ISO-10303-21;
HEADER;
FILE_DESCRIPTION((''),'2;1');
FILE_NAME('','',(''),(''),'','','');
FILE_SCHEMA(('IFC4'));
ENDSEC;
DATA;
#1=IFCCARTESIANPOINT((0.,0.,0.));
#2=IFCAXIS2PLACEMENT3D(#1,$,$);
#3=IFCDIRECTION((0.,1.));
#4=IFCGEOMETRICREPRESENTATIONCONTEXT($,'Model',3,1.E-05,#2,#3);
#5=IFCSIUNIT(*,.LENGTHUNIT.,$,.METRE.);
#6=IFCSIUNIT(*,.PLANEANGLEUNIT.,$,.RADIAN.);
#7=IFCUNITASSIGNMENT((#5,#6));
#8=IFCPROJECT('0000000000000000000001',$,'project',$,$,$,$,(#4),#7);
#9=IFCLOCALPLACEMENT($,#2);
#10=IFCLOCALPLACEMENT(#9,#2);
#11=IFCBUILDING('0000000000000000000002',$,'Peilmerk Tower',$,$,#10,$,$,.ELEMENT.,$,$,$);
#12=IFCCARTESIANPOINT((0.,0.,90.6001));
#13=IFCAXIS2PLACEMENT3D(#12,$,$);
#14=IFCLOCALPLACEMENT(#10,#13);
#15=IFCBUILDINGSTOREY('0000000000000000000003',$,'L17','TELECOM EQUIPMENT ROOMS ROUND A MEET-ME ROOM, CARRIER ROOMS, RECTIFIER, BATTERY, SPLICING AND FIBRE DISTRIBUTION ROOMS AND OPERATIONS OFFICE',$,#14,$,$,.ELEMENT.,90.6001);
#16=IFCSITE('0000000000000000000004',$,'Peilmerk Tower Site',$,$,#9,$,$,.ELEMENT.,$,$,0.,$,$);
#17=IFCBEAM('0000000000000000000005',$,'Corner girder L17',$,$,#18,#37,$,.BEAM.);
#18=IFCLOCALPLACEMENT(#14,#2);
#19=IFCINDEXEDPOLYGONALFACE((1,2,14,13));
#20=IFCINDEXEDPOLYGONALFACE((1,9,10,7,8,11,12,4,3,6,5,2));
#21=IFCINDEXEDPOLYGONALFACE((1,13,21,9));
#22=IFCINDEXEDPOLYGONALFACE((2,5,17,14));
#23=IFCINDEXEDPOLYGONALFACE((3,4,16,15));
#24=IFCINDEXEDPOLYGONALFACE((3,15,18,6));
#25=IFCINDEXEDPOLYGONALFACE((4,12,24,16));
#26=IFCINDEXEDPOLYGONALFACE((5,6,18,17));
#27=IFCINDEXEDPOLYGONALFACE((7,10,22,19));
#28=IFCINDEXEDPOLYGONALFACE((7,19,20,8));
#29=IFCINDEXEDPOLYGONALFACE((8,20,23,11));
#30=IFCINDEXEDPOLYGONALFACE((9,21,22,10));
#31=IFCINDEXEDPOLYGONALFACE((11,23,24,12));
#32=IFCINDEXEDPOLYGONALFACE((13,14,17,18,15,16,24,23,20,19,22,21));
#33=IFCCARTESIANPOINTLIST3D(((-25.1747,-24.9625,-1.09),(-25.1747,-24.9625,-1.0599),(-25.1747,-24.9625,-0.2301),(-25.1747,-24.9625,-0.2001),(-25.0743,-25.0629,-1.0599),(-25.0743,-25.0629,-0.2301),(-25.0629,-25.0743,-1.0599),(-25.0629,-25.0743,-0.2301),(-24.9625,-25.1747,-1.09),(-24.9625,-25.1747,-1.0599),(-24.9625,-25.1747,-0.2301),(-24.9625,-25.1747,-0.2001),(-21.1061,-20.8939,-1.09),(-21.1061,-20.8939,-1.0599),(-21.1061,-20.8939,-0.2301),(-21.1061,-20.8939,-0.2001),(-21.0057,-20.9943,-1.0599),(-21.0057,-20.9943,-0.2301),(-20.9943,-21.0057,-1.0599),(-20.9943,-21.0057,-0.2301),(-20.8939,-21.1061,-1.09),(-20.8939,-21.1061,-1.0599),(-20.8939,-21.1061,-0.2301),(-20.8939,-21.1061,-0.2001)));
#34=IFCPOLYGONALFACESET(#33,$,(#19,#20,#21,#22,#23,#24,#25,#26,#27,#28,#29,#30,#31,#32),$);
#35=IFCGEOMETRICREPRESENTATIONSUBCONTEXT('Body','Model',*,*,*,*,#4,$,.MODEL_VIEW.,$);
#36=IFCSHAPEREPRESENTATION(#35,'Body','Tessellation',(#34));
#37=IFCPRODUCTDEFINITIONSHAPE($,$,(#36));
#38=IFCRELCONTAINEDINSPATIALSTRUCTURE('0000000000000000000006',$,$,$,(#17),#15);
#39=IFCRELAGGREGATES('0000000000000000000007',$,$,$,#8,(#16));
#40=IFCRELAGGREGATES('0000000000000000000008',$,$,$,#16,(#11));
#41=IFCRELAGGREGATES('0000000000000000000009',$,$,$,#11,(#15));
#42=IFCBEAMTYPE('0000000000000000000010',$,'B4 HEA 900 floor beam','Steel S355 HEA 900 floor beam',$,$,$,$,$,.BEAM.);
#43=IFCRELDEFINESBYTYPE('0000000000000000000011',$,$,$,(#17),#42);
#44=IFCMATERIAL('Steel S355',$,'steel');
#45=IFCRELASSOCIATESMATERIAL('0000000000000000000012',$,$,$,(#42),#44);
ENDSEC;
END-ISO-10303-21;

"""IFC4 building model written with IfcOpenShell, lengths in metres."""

from ifc_helpers import new_model, si_unit, direction, frame, origin, origin_2d, place, context, subcontext, project, spatial, i_section, extrude, material, material_profile, profile_set, type_object, element, save


model = new_model("IFC4")

# Units and contexts
model_context = context("Model", 3, precision=1e-05, world=origin(), true_north=direction((0.0, 1.0)))
body_context = subcontext(model_context, "Body", "Model", "MODEL_VIEW")
ifc_project = project(units=[si_unit("LENGTHUNIT", "METRE"), si_unit("PLANEANGLEUNIT", "RADIAN")], contexts=[model_context])

# Site, building, storey
site_placement = place(None, origin())
site = spatial("IfcSite", under=ifc_project, at=site_placement, Name="Peilmerk Tower Site", CompositionType="ELEMENT", RefElevation=0.0)
building_placement = place(site_placement, origin())
building = spatial("IfcBuilding", under=site, at=building_placement, Name="Peilmerk Tower", CompositionType="ELEMENT")
storey_placement = place(building_placement, frame((0.0, 0.0, 90.6001)))
storey = spatial("IfcBuildingStorey", under=building, at=storey_placement, Name="L17", Description="TELECOM EQUIPMENT ROOMS ROUND A MEET-ME ROOM, CARRIER ROOMS, RECTIFIER, BATTERY, SPLICING AND FIBRE DISTRIBUTION ROOMS AND OPERATIONS OFFICE", CompositionType="ELEMENT", Elevation=90.6001)

# Beam
ifc_material_1 = material(Name="Steel S355", Category="steel")
ifc_material_profile_1 = material_profile(ifc_material_1, i_section(OverallWidth=0.3, OverallDepth=0.8899, WebThickness=0.0161, FlangeThickness=0.03, at=origin_2d()), Name="HEA 900")
ifc_profile_set_1 = profile_set([ifc_material_profile_1], Name="Steel S355")
beam_type_1 = type_object("IfcBeamType", Name="B4 HEA 900 floor beam", Description="Steel S355 HEA 900 floor beam", PredefinedType="BEAM", material=ifc_profile_set_1)
beam_1_placement = place(storey_placement, frame((-21.0, -21.0, -0.645), z_axis=(-0.707107, -0.707107, 0.0), x_axis=(0.707107, -0.707107, 0.0)))
element("IfcBeam", 1, at=beam_1_placement, inside=storey, type_object=beam_type_1, Name="Corner girder L17", PredefinedType="BEAM", context=body_context, shape_type="SweptSolid", body=[
    extrude(i_section(OverallWidth=0.3, OverallDepth=0.8899, WebThickness=0.0161, FlangeThickness=0.03, at=origin_2d()), origin(), (0.0, 0.0, 1.0), 5.7539),
])

save(model, "model.ifc")
